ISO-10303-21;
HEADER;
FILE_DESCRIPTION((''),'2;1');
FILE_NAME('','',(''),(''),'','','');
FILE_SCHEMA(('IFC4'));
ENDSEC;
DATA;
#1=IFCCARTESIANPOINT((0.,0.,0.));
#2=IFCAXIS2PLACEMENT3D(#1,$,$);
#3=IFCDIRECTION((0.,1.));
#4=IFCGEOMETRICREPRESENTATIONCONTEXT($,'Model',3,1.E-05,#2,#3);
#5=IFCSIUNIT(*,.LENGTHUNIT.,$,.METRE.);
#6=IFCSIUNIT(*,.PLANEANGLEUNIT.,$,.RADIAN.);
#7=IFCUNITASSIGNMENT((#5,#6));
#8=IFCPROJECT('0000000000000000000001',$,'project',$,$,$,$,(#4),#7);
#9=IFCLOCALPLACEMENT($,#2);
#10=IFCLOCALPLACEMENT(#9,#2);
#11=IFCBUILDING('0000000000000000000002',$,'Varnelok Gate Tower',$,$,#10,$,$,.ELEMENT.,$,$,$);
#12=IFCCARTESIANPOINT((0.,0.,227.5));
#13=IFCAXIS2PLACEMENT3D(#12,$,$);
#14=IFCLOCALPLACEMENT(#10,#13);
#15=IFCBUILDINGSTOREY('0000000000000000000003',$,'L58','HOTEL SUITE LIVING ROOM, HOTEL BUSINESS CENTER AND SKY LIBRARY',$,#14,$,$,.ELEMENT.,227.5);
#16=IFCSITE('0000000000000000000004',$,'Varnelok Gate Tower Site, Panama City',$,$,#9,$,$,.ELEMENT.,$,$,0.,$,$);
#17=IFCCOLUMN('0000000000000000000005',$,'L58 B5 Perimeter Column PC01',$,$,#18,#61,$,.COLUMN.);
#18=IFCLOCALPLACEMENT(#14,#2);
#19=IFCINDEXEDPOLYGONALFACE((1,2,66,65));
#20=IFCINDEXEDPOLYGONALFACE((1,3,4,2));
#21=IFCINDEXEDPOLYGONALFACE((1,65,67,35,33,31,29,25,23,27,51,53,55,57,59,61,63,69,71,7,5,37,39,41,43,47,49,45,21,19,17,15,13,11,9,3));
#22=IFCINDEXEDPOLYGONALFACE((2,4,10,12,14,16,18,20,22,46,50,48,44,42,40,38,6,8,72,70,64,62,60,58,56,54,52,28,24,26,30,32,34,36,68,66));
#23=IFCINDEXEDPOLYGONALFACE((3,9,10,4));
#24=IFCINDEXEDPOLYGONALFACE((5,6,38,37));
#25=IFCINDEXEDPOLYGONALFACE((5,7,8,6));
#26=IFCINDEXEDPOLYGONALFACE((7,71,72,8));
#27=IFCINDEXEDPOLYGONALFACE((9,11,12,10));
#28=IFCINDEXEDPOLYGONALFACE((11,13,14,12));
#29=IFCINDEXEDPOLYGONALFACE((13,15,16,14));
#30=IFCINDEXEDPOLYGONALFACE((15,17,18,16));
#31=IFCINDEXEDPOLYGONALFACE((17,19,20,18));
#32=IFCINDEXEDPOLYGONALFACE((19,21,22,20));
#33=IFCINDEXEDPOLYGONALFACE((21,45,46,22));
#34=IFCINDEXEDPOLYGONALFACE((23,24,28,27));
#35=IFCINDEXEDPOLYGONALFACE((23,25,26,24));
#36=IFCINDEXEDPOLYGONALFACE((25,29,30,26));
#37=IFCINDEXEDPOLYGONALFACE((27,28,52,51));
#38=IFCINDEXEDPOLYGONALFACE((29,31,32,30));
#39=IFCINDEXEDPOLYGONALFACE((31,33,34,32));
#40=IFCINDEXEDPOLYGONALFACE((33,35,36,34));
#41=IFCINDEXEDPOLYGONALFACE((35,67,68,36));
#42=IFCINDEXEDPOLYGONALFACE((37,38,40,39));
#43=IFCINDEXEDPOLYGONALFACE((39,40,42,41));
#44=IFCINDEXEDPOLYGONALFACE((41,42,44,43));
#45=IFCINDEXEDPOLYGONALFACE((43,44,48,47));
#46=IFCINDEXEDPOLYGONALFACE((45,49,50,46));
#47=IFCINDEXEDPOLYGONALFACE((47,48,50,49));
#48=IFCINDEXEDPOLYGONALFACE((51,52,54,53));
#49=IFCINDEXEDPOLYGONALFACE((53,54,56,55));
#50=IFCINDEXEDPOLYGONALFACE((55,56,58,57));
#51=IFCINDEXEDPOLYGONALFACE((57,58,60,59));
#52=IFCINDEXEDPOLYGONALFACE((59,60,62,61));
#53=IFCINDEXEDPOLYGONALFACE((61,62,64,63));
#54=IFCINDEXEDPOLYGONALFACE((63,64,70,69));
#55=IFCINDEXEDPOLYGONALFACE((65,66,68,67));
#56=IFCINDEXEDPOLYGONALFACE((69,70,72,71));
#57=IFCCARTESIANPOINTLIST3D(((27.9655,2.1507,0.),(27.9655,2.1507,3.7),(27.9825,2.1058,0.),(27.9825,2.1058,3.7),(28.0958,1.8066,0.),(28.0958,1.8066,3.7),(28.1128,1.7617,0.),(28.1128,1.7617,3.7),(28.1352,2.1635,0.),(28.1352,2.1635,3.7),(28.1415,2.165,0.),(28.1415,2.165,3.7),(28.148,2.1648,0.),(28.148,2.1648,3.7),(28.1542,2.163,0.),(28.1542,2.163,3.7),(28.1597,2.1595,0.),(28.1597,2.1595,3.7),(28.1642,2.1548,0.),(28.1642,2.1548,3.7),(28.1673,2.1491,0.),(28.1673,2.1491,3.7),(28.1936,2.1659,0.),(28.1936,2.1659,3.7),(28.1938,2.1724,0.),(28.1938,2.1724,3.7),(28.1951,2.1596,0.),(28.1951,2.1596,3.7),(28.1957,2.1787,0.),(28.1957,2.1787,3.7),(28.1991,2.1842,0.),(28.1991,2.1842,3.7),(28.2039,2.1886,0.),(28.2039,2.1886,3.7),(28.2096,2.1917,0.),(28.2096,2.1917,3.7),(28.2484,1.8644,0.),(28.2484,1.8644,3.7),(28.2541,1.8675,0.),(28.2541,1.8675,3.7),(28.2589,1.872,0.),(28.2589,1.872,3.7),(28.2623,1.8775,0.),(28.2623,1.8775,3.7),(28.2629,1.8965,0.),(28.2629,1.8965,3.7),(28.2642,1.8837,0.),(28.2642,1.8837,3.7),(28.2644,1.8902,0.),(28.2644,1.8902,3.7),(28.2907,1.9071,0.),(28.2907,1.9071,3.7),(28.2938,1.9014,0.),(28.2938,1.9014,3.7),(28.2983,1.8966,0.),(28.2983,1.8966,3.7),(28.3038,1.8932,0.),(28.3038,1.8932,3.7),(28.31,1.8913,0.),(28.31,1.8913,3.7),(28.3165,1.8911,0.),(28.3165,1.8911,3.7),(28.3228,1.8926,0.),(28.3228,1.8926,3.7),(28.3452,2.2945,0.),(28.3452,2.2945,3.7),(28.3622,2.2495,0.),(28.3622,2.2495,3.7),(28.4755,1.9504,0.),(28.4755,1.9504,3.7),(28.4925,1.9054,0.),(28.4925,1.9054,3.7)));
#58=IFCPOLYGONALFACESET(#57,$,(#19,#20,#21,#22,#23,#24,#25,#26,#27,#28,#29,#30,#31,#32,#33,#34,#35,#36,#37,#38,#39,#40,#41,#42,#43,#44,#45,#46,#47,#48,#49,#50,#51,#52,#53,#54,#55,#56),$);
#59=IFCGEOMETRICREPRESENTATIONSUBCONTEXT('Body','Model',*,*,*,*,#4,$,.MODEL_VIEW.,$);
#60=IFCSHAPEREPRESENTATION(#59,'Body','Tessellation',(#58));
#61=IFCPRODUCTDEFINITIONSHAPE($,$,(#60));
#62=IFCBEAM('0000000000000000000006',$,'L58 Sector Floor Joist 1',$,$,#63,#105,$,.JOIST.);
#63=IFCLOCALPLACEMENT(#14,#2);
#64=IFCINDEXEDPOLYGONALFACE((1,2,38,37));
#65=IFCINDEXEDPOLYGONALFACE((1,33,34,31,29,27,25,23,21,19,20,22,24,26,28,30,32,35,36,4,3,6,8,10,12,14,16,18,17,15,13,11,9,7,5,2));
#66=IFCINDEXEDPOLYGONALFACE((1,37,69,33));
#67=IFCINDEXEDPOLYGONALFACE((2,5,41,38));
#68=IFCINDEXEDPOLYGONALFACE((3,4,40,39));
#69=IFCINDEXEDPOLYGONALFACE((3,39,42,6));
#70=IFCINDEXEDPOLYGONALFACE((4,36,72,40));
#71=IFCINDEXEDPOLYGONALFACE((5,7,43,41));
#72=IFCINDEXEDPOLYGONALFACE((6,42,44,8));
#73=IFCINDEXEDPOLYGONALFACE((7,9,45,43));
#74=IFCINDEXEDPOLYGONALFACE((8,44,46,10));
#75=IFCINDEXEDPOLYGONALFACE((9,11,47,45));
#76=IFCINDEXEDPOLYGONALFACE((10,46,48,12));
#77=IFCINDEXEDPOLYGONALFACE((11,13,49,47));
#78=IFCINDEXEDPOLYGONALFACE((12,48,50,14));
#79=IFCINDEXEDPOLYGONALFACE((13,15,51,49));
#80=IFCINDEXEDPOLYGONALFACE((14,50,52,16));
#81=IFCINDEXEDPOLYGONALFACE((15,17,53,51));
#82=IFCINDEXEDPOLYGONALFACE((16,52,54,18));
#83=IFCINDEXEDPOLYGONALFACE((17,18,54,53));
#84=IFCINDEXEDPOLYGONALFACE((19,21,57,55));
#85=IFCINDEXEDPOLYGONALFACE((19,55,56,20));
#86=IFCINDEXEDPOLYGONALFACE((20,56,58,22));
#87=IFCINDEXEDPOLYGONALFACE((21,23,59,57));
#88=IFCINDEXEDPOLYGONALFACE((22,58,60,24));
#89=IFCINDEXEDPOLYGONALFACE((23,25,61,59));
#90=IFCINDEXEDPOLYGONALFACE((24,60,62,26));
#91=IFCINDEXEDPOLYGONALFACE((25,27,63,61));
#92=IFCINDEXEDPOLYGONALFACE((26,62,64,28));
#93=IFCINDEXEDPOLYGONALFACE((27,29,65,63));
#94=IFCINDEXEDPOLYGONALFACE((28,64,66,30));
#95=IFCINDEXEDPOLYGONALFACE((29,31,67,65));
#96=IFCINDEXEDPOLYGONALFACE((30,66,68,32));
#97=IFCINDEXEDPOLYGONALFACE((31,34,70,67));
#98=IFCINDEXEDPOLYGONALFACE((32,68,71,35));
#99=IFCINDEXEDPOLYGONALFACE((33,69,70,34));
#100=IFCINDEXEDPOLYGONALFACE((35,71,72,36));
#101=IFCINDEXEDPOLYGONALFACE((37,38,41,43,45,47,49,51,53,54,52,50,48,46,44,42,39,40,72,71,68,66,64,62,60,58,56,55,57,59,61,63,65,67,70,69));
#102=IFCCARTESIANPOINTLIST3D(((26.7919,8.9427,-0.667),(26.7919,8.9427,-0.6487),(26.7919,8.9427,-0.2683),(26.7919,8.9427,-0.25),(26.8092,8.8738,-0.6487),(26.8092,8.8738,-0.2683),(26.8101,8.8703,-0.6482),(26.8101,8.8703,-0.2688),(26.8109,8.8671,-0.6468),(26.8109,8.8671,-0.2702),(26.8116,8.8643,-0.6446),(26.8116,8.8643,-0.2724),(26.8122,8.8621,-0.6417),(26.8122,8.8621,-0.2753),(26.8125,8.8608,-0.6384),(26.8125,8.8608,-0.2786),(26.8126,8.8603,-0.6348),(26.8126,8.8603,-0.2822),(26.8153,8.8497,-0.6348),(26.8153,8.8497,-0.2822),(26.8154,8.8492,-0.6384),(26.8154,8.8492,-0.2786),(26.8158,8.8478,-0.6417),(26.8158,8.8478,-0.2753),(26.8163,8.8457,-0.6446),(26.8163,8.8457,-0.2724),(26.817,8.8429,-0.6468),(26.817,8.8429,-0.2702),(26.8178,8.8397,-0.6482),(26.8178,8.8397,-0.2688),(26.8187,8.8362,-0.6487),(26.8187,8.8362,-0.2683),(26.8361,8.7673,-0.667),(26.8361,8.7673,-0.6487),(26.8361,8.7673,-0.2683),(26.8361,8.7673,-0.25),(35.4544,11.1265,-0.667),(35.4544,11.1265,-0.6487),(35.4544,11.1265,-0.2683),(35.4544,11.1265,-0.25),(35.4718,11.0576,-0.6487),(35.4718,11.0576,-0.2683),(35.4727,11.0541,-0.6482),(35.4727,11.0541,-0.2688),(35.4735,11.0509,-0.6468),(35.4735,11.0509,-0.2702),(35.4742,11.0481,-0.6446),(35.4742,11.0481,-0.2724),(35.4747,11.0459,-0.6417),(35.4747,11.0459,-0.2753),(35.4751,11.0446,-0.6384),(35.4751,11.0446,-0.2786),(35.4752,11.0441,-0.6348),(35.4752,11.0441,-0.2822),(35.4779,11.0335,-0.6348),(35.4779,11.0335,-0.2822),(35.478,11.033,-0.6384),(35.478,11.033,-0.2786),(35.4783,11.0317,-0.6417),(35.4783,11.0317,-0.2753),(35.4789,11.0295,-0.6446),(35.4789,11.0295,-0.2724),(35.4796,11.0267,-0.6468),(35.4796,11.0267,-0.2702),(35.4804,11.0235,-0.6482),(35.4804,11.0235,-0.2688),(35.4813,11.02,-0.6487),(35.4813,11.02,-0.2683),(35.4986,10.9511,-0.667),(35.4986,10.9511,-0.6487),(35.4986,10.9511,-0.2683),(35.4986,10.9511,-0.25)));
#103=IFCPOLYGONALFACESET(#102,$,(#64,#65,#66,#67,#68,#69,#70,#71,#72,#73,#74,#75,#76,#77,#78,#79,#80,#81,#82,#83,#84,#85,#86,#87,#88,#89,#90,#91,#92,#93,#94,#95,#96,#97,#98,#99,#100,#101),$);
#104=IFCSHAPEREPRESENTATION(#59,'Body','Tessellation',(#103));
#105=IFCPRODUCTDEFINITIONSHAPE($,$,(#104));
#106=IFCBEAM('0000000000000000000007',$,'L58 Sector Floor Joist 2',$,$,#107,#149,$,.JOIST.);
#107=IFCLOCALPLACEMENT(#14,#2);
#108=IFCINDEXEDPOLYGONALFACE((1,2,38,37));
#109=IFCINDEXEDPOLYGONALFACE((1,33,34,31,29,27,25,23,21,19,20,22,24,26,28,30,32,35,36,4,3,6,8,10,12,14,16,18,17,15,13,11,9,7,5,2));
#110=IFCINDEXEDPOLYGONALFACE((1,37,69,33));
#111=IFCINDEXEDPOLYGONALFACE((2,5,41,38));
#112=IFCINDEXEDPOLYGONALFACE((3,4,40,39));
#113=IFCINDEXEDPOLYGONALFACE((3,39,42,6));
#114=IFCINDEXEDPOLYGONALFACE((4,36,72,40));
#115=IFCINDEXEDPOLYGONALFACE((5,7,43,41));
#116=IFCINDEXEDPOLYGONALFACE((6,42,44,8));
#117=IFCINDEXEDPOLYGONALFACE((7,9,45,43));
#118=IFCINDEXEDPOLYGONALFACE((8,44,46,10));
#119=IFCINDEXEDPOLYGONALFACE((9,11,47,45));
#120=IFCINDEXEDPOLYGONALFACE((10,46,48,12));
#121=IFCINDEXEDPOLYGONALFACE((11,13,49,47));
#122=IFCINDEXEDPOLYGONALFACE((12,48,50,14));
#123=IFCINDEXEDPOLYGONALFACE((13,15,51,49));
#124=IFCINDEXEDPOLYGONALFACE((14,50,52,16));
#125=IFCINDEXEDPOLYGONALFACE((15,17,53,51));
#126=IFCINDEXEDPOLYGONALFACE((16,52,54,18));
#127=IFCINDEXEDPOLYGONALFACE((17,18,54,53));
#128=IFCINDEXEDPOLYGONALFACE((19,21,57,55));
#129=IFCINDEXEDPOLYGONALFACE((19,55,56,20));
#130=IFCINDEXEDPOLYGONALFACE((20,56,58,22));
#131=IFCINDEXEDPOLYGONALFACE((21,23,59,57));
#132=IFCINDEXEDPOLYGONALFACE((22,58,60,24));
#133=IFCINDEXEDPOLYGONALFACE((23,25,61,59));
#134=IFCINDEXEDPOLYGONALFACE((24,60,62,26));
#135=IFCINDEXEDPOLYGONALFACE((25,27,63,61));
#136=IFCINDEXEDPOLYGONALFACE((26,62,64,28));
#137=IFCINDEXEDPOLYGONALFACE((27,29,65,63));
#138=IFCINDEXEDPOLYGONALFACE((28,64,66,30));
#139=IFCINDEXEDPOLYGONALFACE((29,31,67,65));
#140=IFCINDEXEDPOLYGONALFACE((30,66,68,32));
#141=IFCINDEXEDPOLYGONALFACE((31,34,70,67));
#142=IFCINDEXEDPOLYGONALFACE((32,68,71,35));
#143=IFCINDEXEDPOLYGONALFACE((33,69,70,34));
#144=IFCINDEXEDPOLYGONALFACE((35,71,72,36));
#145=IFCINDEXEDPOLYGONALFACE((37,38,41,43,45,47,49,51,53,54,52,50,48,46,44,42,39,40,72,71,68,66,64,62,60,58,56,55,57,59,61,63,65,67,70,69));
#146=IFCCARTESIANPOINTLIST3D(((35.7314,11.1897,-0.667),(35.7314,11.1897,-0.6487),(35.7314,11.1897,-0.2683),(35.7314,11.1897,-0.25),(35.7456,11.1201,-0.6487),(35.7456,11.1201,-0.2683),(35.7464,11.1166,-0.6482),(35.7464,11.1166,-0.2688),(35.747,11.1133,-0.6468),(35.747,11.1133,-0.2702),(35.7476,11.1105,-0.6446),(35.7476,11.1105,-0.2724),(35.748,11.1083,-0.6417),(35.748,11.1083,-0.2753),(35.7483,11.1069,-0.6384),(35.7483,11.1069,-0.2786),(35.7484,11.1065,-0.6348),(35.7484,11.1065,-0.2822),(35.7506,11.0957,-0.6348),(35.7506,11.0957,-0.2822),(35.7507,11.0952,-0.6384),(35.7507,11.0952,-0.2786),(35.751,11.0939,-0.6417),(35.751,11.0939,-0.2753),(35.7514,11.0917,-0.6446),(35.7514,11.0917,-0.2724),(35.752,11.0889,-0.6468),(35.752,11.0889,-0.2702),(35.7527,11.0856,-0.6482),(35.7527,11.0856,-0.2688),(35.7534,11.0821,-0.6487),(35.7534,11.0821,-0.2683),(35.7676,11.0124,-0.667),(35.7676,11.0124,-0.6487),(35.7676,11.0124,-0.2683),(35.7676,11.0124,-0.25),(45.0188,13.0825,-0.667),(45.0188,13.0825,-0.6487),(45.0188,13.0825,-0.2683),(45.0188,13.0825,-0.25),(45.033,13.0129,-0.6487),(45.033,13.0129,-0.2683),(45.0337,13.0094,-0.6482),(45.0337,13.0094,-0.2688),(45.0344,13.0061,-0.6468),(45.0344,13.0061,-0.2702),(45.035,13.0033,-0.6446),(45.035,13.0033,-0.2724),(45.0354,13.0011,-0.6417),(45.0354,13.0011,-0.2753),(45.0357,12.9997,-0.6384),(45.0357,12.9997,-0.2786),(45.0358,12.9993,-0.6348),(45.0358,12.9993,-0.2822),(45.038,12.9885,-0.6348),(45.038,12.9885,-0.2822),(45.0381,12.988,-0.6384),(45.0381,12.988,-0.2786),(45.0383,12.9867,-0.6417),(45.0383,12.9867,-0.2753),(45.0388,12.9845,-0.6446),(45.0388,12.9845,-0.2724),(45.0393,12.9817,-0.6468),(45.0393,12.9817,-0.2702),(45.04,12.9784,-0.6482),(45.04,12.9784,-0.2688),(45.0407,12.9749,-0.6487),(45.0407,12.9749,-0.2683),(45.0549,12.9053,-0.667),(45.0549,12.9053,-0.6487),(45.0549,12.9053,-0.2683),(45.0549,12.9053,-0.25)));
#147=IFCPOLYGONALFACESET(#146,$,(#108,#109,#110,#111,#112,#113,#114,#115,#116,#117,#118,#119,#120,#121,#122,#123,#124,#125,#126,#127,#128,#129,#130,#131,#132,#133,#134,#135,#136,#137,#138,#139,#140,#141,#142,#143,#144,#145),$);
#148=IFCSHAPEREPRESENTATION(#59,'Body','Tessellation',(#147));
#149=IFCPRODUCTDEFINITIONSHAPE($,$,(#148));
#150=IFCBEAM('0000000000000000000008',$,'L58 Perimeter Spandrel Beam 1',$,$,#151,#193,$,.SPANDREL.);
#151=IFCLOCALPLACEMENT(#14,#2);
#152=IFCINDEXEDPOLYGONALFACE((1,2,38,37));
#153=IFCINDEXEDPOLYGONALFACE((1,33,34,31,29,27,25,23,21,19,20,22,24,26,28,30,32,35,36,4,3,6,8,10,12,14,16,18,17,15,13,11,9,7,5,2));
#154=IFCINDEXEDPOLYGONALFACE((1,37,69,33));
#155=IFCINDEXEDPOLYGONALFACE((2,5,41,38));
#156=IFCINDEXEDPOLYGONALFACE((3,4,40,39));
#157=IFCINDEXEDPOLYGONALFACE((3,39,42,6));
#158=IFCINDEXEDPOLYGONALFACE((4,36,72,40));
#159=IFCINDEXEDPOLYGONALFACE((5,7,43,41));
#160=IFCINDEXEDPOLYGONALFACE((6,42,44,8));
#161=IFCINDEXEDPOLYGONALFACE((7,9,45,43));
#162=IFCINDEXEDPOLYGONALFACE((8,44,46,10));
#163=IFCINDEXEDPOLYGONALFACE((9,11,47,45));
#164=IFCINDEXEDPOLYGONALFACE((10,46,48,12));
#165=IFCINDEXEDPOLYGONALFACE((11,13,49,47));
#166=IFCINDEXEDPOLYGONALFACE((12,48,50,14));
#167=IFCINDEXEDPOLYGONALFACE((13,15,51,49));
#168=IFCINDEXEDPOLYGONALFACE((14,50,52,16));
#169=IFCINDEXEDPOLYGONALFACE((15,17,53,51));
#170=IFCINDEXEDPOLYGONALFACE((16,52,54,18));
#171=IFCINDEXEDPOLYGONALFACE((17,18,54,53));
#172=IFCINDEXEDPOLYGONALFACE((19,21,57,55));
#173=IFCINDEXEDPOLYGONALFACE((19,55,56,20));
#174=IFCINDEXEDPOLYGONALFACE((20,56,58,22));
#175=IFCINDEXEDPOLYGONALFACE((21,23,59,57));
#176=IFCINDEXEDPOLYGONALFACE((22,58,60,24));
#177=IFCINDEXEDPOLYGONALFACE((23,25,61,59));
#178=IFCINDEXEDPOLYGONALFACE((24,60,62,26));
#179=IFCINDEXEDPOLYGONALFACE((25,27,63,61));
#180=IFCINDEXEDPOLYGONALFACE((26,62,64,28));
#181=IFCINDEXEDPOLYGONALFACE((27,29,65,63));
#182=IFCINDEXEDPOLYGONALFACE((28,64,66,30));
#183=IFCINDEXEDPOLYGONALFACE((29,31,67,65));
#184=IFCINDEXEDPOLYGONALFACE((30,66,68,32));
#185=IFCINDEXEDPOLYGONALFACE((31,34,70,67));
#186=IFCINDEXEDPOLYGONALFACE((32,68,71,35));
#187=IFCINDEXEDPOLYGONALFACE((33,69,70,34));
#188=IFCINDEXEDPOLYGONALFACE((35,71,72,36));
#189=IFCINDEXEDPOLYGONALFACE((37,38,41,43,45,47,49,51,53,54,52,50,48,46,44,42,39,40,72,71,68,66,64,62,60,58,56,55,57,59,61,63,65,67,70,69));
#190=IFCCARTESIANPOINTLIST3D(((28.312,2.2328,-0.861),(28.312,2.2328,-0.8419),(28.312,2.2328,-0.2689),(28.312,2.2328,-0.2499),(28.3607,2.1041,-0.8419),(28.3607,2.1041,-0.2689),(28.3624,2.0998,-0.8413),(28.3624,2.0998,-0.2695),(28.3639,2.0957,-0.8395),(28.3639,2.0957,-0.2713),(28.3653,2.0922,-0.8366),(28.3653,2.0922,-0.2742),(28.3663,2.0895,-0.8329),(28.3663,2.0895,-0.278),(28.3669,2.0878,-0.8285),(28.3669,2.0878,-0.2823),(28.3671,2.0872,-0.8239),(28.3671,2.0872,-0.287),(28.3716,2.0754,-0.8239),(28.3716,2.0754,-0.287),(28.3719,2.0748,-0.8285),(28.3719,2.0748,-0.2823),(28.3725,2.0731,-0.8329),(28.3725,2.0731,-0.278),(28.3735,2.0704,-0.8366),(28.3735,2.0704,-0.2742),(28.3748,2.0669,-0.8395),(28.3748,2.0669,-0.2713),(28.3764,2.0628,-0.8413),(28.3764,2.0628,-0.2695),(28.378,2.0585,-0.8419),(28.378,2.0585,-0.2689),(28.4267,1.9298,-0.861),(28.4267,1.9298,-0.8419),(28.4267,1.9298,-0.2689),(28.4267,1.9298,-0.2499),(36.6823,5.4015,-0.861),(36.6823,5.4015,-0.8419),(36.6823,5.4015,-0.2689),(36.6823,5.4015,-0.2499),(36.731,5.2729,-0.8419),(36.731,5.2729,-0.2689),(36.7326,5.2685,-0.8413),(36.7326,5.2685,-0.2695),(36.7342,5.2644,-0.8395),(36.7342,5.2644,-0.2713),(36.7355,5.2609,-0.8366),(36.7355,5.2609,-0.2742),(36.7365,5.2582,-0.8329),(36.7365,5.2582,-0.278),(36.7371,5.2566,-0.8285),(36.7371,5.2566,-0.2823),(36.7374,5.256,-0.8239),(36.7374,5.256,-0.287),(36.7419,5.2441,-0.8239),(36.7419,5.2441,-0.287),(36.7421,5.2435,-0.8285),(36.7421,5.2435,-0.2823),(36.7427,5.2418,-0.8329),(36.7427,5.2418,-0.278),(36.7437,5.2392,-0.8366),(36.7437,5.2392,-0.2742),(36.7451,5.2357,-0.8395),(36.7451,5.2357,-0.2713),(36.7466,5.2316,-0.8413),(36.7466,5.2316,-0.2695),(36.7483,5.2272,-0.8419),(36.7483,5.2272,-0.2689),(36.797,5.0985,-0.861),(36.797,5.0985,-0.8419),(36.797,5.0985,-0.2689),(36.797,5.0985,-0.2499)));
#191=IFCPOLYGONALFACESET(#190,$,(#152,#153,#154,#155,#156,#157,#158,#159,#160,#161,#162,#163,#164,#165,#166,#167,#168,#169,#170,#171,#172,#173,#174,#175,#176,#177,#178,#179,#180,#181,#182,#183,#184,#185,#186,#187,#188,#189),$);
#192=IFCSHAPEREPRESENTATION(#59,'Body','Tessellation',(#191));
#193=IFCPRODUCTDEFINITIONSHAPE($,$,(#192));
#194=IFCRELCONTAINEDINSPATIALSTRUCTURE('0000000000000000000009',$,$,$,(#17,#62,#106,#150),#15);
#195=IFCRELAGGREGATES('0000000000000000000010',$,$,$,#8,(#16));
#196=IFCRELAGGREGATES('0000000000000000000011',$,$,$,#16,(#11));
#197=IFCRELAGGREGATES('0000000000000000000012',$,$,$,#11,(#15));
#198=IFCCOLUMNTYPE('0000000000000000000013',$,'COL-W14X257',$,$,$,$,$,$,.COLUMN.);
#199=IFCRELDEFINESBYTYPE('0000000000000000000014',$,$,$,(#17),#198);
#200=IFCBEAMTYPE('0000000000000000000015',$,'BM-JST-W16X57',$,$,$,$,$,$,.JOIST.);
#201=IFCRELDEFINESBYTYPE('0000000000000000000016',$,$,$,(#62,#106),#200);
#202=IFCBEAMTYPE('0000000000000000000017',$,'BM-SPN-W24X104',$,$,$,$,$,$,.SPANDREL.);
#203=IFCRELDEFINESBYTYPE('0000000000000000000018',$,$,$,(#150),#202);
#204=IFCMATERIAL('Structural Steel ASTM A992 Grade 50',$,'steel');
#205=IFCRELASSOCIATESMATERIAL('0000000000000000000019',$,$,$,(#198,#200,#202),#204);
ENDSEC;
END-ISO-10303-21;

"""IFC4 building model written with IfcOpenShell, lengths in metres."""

from ifc_helpers import new_model, si_unit, direction, frame, origin, origin_2d, place, context, subcontext, project, spatial, i_section, extrude, material, material_profile, profile_set, type_object, element, save


model = new_model("IFC4")

# Units and contexts
model_context = context("Model", 3, precision=1e-05, world=origin(), true_north=direction((0.0, 1.0)))
body_context = subcontext(model_context, "Body", "Model", "MODEL_VIEW")
ifc_project = project(units=[si_unit("LENGTHUNIT", "METRE"), si_unit("PLANEANGLEUNIT", "RADIAN")], contexts=[model_context])

# Site, building, storey
site_placement = place(None, origin())
site = spatial("IfcSite", under=ifc_project, at=site_placement, Name="Varnelok Gate Tower Site, Panama City", CompositionType="ELEMENT", RefElevation=0.0)
building_placement = place(site_placement, origin())
building = spatial("IfcBuilding", under=site, at=building_placement, Name="Varnelok Gate Tower", CompositionType="ELEMENT")
storey_placement = place(building_placement, frame((0.0, 0.0, 227.5)))
storey = spatial("IfcBuildingStorey", under=building, at=storey_placement, Name="L58", Description="HOTEL SUITE LIVING ROOM, HOTEL BUSINESS CENTER AND SKY LIBRARY", CompositionType="ELEMENT", Elevation=227.5)

# Column
ifc_material_1 = material(Name="Structural Steel ASTM A992 Grade 50", Category="steel")
ifc_material_profile_1 = material_profile(ifc_material_1, i_section(OverallWidth=0.406, OverallDepth=0.416, WebThickness=0.0298, FlangeThickness=0.0481, FilletRadius=0.0249, at=origin_2d()), Name="W14X257")
ifc_profile_set_1 = profile_set([ifc_material_profile_1], Name="Structural Steel ASTM A992 Grade 50")
column_type = type_object("IfcColumnType", Name="COL-W14X257", PredefinedType="COLUMN", material=ifc_profile_set_1)
column_placement = place(storey_placement, frame((28.229, 2.0281, 0.0), z_axis=(0.0, 0.0, 1.0), x_axis=(0.935222, 0.354063, 0.0)))
element("IfcColumn", 1, at=column_placement, inside=storey, type_object=column_type, Name="L58 B5 Perimeter Column PC01", PredefinedType="COLUMN", context=body_context, shape_type="SweptSolid", body=[
    extrude(i_section(OverallWidth=0.406, OverallDepth=0.416, WebThickness=0.0298, FlangeThickness=0.0481, FilletRadius=0.0249, at=origin_2d()), origin(), (0.0, 0.0, 1.0), 3.7),
])

# Beams
ifc_material_profile_2 = material_profile(ifc_material_1, i_section(OverallWidth=0.1809, OverallDepth=0.417, WebThickness=0.011, FlangeThickness=0.0183, FilletRadius=0.0139, at=origin_2d()), Name="W16X57")
ifc_profile_set_2 = profile_set([ifc_material_profile_2], Name="Structural Steel ASTM A992 Grade 50")
beam_type_1 = type_object("IfcBeamType", Name="BM-JST-W16X57", PredefinedType="JOIST", material=ifc_profile_set_2)
beam_1_placement = place(storey_placement, frame((26.814, 8.855, -0.4585), z_axis=(0.969662, 0.244451, 0.0), x_axis=(-0.244451, 0.969662, 0.0)))
element("IfcBeam", 2, at=beam_1_placement, inside=storey, type_object=beam_type_1, Name="L58 Sector Floor Joist 1", PredefinedType="JOIST", context=body_context, shape_type="SweptSolid", body=[
    extrude(i_section(OverallWidth=0.1809, OverallDepth=0.417, WebThickness=0.011, FlangeThickness=0.0183, FilletRadius=0.0139, at=origin_2d()), origin(), (0.0, 0.0, 1.0), 8.9336),
])
beam_2_placement = place(storey_placement, frame((35.7495, 11.1011, -0.4585), z_axis=(0.979857, 0.199701, 0.0), x_axis=(-0.199701, 0.979857, 0.0)))
element("IfcBeam", 3, at=beam_2_placement, inside=storey, type_object=beam_type_1, Name="L58 Sector Floor Joist 2", PredefinedType="JOIST", context=body_context, shape_type="SweptSolid", body=[
    extrude(i_section(OverallWidth=0.1809, OverallDepth=0.417, WebThickness=0.011, FlangeThickness=0.0183, FilletRadius=0.0139, at=origin_2d()), origin(), (0.0, 0.0, 1.0), 9.4783),
])
ifc_material_profile_3 = material_profile(ifc_material_1, i_section(OverallWidth=0.324, OverallDepth=0.6111, WebThickness=0.0127, FlangeThickness=0.019, FilletRadius=0.0181, at=origin_2d()), Name="W24X104")
ifc_profile_set_3 = profile_set([ifc_material_profile_3], Name="Structural Steel ASTM A992 Grade 50")
beam_type_2 = type_object("IfcBeamType", Name="BM-SPN-W24X104", PredefinedType="SPANDREL", material=ifc_profile_set_3)
beam_3_placement = place(storey_placement, frame((28.3694, 2.0813, -0.5554), z_axis=(0.935226, 0.354051, 0.0), x_axis=(-0.354051, 0.935226, 0.0)))
element("IfcBeam", 4, at=beam_3_placement, inside=storey, type_object=beam_type_2, Name="L58 Perimeter Spandrel Beam 1", PredefinedType="SPANDREL", context=body_context, shape_type="SweptSolid", body=[
    extrude(i_section(OverallWidth=0.324, OverallDepth=0.6111, WebThickness=0.0127, FlangeThickness=0.019, FilletRadius=0.0181, at=origin_2d()), origin(), (0.0, 0.0, 1.0), 8.95),
])

save(model, "model.ifc")
